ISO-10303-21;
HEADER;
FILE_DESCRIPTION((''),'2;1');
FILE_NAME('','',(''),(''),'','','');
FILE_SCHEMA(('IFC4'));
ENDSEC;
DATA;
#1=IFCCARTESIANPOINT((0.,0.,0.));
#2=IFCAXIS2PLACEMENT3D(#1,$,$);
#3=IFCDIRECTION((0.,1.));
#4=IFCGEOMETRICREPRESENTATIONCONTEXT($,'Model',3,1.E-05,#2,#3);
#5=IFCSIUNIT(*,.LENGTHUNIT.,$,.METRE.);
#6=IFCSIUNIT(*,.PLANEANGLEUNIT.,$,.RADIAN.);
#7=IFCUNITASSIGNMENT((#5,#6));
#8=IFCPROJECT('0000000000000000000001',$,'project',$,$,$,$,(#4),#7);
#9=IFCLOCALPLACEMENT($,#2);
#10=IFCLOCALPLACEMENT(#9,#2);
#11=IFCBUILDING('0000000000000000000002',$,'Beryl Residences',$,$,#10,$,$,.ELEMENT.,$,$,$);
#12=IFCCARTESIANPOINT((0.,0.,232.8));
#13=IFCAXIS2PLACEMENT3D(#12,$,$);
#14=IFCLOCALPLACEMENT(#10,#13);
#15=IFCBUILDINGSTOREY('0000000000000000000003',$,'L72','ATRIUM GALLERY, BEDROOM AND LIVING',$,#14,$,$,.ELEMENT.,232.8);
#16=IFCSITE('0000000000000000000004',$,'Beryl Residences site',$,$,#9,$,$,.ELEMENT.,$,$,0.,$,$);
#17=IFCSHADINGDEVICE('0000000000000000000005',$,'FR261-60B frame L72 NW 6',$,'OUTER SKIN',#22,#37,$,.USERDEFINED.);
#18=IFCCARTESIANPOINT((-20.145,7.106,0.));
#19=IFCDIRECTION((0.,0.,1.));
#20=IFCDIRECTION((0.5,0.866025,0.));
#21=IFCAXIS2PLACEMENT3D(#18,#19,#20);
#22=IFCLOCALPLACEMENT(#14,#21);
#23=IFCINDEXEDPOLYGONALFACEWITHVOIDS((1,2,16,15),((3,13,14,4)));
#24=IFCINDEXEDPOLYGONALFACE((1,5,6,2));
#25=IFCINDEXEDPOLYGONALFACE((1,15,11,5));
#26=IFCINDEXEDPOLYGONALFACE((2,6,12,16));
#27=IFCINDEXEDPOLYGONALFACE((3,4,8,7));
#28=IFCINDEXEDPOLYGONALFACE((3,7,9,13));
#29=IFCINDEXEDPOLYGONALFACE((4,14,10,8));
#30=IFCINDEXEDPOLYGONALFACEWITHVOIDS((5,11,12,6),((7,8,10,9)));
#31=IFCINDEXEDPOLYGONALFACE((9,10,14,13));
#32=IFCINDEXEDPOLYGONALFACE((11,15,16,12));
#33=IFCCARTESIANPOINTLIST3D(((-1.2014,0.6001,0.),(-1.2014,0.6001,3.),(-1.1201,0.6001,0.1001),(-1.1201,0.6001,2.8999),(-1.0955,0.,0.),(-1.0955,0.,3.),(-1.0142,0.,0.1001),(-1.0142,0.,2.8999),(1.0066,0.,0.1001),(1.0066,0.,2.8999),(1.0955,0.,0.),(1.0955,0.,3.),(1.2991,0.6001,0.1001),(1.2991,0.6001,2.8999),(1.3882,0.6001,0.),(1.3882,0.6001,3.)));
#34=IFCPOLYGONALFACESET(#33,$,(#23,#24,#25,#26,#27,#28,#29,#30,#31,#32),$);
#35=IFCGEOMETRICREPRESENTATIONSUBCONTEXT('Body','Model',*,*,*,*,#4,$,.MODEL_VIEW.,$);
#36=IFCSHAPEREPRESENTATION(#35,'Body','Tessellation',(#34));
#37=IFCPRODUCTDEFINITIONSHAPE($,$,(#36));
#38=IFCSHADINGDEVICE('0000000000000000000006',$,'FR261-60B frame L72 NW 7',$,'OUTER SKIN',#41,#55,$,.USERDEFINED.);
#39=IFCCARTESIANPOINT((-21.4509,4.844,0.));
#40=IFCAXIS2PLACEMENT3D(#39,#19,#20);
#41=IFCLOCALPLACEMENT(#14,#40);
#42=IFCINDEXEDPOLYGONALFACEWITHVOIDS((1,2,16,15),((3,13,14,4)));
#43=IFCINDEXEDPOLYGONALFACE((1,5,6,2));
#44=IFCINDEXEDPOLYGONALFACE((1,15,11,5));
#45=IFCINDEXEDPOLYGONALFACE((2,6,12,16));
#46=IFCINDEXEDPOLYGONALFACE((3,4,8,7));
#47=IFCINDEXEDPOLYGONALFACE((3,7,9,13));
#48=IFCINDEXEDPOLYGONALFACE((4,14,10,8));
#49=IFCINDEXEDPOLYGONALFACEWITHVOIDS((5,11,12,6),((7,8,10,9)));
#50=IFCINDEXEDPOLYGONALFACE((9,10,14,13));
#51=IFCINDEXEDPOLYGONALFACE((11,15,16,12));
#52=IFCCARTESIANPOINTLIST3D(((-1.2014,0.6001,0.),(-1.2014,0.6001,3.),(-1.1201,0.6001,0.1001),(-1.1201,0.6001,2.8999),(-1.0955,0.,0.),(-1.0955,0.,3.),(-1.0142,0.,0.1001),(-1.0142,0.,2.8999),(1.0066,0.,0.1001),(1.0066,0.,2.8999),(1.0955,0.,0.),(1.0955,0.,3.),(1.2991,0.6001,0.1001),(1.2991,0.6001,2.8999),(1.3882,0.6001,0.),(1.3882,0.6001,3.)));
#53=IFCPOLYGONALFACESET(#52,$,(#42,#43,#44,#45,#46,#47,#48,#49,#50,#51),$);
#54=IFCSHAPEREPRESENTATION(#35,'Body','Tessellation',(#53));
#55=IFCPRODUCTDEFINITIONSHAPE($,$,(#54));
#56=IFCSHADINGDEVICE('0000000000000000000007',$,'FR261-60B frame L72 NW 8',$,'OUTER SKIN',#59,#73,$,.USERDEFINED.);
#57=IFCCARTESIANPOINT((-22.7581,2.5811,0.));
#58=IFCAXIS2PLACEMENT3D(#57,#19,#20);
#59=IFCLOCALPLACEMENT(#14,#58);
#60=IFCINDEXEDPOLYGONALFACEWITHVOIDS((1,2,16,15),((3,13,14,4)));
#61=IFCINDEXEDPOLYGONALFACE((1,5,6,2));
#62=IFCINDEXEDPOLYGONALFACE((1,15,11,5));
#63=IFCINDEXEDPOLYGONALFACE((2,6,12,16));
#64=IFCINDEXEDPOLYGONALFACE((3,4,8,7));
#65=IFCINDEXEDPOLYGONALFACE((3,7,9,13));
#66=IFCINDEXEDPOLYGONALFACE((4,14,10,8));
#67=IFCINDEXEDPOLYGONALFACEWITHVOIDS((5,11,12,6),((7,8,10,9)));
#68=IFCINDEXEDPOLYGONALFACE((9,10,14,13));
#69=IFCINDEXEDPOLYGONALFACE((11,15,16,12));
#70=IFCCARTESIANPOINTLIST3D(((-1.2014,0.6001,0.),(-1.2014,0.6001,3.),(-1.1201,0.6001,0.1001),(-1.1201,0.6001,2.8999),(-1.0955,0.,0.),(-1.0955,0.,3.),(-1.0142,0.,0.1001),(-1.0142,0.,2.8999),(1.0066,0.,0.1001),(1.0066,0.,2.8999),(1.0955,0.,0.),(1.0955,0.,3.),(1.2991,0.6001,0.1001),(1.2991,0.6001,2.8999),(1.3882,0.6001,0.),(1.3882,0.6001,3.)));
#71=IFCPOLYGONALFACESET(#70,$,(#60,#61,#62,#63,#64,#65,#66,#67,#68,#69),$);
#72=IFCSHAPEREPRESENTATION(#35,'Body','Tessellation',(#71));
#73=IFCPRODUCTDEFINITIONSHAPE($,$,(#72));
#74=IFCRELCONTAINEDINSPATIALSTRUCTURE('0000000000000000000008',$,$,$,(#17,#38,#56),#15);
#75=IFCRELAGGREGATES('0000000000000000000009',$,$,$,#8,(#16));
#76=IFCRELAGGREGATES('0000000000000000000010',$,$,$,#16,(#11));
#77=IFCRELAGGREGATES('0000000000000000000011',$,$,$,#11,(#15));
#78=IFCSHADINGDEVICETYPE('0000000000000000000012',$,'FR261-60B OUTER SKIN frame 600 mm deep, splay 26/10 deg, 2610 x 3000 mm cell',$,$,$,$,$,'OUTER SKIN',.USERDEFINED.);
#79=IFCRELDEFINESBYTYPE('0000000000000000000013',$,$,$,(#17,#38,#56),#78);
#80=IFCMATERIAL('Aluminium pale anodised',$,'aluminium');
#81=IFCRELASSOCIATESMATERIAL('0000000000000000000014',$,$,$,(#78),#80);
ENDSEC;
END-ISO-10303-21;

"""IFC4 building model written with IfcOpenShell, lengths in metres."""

from ifc_helpers import new_model, entity, si_unit, direction, frame, origin, place, context, subcontext, project, spatial, source, transform, mapped, material, type_object, type_shapes, element, save


model = new_model("IFC4")

# Units and contexts
model_context = context("Model", 3, precision=1e-05, world=origin(), true_north=direction((0.0, 1.0)))
body_context = subcontext(model_context, "Body", "Model", "MODEL_VIEW")
ifc_project = project(units=[si_unit("LENGTHUNIT", "METRE"), si_unit("PLANEANGLEUNIT", "RADIAN")], contexts=[model_context])

# Site, building, storey
site_placement = place(None, origin())
site = spatial("IfcSite", under=ifc_project, at=site_placement, Name="Beryl Residences site", CompositionType="ELEMENT", RefElevation=0.0)
building_placement = place(site_placement, origin())
building = spatial("IfcBuilding", under=site, at=building_placement, Name="Beryl Residences", CompositionType="ELEMENT")
storey_placement = place(building_placement, frame((0.0, 0.0, 232.8)))
storey = spatial("IfcBuildingStorey", under=building, at=storey_placement, Name="L72", Description="ATRIUM GALLERY, BEDROOM AND LIVING", CompositionType="ELEMENT", Elevation=232.8)

# Shading devices
ifc_material_1 = material(Name="Aluminium pale anodised", Category="aluminium")
shading_device_type = type_object("IfcShadingDeviceType", Name="FR261-60B OUTER SKIN frame 600 mm deep, splay 26/10 deg, 2610 x 3000 mm cell", ElementType="OUTER SKIN", PredefinedType="USERDEFINED", material=ifc_material_1)
cartesian_point_1 = entity("IfcCartesianPoint", [-1.0955, 0.0])
cartesian_point_2 = entity("IfcCartesianPoint", [-1.0066, 0.1001])
cartesian_point_3 = entity("IfcCartesianPoint", [-1.3882, 0.0])
cartesian_point_4 = entity("IfcCartesianPoint", [-1.2991, 0.1001])
shared_shape = source(origin(), body_context, "Body", "SweptSolid", [
    entity("IfcExtrudedAreaSolidTapered", entity("IfcArbitraryProfileDefWithVoids", "AREA", None, entity("IfcPolyline", [cartesian_point_1, entity("IfcCartesianPoint", [1.0955, 0.0]), entity("IfcCartesianPoint", [1.0955, 3.0]), entity("IfcCartesianPoint", [-1.0955, 3.0]), cartesian_point_1]), [entity("IfcPolyline", [cartesian_point_2, entity("IfcCartesianPoint", [1.0142, 0.1001]), entity("IfcCartesianPoint", [1.0142, 2.8999]), entity("IfcCartesianPoint", [-1.0066, 2.8999]), cartesian_point_2])]), entity("IfcAxis2Placement3D", entity("IfcCartesianPoint", [0.0, 0.0, 0.0]), entity("IfcDirection", [0.0, 1.0, 0.0]), entity("IfcDirection", [-1.0, 0.0, 0.0])), entity("IfcDirection", [0.0, 0.0, 1.0]), 0.6001, entity("IfcArbitraryProfileDefWithVoids", "AREA", None, entity("IfcPolyline", [cartesian_point_3, entity("IfcCartesianPoint", [1.2014, 0.0]), entity("IfcCartesianPoint", [1.2014, 3.0]), entity("IfcCartesianPoint", [-1.3882, 3.0]), cartesian_point_3]), [entity("IfcPolyline", [cartesian_point_4, entity("IfcCartesianPoint", [1.1201, 0.1001]), entity("IfcCartesianPoint", [1.1201, 2.8999]), entity("IfcCartesianPoint", [-1.2991, 2.8999]), cartesian_point_4])])),
])
type_shapes(shading_device_type, [shared_shape])
for number, where, z_axis, x_axis, name in (
    (1, (-20.145, 7.106, 0.0), (0.0, 0.0, 1.0), (0.5, 0.866025, 0.0), "FR261-60B frame L72 NW 6"),
    (2, (-21.4509, 4.844, 0.0), (0.0, 0.0, 1.0), (0.5, 0.866025, 0.0), "FR261-60B frame L72 NW 7"),
    (3, (-22.7581, 2.5811, 0.0), (0.0, 0.0, 1.0), (0.5, 0.866025, 0.0), "FR261-60B frame L72 NW 8"),
):
    element("IfcShadingDevice", number, at=place(storey_placement, frame(where, z_axis=z_axis, x_axis=x_axis)), inside=storey, type_object=shading_device_type, Name=name, ObjectType="OUTER SKIN", PredefinedType="USERDEFINED", context=body_context, shape_type="MappedRepresentation", body=[
        mapped(shared_shape, transform((0.0, 0.0, 0.0))),
    ])

save(model, "model.ifc")
